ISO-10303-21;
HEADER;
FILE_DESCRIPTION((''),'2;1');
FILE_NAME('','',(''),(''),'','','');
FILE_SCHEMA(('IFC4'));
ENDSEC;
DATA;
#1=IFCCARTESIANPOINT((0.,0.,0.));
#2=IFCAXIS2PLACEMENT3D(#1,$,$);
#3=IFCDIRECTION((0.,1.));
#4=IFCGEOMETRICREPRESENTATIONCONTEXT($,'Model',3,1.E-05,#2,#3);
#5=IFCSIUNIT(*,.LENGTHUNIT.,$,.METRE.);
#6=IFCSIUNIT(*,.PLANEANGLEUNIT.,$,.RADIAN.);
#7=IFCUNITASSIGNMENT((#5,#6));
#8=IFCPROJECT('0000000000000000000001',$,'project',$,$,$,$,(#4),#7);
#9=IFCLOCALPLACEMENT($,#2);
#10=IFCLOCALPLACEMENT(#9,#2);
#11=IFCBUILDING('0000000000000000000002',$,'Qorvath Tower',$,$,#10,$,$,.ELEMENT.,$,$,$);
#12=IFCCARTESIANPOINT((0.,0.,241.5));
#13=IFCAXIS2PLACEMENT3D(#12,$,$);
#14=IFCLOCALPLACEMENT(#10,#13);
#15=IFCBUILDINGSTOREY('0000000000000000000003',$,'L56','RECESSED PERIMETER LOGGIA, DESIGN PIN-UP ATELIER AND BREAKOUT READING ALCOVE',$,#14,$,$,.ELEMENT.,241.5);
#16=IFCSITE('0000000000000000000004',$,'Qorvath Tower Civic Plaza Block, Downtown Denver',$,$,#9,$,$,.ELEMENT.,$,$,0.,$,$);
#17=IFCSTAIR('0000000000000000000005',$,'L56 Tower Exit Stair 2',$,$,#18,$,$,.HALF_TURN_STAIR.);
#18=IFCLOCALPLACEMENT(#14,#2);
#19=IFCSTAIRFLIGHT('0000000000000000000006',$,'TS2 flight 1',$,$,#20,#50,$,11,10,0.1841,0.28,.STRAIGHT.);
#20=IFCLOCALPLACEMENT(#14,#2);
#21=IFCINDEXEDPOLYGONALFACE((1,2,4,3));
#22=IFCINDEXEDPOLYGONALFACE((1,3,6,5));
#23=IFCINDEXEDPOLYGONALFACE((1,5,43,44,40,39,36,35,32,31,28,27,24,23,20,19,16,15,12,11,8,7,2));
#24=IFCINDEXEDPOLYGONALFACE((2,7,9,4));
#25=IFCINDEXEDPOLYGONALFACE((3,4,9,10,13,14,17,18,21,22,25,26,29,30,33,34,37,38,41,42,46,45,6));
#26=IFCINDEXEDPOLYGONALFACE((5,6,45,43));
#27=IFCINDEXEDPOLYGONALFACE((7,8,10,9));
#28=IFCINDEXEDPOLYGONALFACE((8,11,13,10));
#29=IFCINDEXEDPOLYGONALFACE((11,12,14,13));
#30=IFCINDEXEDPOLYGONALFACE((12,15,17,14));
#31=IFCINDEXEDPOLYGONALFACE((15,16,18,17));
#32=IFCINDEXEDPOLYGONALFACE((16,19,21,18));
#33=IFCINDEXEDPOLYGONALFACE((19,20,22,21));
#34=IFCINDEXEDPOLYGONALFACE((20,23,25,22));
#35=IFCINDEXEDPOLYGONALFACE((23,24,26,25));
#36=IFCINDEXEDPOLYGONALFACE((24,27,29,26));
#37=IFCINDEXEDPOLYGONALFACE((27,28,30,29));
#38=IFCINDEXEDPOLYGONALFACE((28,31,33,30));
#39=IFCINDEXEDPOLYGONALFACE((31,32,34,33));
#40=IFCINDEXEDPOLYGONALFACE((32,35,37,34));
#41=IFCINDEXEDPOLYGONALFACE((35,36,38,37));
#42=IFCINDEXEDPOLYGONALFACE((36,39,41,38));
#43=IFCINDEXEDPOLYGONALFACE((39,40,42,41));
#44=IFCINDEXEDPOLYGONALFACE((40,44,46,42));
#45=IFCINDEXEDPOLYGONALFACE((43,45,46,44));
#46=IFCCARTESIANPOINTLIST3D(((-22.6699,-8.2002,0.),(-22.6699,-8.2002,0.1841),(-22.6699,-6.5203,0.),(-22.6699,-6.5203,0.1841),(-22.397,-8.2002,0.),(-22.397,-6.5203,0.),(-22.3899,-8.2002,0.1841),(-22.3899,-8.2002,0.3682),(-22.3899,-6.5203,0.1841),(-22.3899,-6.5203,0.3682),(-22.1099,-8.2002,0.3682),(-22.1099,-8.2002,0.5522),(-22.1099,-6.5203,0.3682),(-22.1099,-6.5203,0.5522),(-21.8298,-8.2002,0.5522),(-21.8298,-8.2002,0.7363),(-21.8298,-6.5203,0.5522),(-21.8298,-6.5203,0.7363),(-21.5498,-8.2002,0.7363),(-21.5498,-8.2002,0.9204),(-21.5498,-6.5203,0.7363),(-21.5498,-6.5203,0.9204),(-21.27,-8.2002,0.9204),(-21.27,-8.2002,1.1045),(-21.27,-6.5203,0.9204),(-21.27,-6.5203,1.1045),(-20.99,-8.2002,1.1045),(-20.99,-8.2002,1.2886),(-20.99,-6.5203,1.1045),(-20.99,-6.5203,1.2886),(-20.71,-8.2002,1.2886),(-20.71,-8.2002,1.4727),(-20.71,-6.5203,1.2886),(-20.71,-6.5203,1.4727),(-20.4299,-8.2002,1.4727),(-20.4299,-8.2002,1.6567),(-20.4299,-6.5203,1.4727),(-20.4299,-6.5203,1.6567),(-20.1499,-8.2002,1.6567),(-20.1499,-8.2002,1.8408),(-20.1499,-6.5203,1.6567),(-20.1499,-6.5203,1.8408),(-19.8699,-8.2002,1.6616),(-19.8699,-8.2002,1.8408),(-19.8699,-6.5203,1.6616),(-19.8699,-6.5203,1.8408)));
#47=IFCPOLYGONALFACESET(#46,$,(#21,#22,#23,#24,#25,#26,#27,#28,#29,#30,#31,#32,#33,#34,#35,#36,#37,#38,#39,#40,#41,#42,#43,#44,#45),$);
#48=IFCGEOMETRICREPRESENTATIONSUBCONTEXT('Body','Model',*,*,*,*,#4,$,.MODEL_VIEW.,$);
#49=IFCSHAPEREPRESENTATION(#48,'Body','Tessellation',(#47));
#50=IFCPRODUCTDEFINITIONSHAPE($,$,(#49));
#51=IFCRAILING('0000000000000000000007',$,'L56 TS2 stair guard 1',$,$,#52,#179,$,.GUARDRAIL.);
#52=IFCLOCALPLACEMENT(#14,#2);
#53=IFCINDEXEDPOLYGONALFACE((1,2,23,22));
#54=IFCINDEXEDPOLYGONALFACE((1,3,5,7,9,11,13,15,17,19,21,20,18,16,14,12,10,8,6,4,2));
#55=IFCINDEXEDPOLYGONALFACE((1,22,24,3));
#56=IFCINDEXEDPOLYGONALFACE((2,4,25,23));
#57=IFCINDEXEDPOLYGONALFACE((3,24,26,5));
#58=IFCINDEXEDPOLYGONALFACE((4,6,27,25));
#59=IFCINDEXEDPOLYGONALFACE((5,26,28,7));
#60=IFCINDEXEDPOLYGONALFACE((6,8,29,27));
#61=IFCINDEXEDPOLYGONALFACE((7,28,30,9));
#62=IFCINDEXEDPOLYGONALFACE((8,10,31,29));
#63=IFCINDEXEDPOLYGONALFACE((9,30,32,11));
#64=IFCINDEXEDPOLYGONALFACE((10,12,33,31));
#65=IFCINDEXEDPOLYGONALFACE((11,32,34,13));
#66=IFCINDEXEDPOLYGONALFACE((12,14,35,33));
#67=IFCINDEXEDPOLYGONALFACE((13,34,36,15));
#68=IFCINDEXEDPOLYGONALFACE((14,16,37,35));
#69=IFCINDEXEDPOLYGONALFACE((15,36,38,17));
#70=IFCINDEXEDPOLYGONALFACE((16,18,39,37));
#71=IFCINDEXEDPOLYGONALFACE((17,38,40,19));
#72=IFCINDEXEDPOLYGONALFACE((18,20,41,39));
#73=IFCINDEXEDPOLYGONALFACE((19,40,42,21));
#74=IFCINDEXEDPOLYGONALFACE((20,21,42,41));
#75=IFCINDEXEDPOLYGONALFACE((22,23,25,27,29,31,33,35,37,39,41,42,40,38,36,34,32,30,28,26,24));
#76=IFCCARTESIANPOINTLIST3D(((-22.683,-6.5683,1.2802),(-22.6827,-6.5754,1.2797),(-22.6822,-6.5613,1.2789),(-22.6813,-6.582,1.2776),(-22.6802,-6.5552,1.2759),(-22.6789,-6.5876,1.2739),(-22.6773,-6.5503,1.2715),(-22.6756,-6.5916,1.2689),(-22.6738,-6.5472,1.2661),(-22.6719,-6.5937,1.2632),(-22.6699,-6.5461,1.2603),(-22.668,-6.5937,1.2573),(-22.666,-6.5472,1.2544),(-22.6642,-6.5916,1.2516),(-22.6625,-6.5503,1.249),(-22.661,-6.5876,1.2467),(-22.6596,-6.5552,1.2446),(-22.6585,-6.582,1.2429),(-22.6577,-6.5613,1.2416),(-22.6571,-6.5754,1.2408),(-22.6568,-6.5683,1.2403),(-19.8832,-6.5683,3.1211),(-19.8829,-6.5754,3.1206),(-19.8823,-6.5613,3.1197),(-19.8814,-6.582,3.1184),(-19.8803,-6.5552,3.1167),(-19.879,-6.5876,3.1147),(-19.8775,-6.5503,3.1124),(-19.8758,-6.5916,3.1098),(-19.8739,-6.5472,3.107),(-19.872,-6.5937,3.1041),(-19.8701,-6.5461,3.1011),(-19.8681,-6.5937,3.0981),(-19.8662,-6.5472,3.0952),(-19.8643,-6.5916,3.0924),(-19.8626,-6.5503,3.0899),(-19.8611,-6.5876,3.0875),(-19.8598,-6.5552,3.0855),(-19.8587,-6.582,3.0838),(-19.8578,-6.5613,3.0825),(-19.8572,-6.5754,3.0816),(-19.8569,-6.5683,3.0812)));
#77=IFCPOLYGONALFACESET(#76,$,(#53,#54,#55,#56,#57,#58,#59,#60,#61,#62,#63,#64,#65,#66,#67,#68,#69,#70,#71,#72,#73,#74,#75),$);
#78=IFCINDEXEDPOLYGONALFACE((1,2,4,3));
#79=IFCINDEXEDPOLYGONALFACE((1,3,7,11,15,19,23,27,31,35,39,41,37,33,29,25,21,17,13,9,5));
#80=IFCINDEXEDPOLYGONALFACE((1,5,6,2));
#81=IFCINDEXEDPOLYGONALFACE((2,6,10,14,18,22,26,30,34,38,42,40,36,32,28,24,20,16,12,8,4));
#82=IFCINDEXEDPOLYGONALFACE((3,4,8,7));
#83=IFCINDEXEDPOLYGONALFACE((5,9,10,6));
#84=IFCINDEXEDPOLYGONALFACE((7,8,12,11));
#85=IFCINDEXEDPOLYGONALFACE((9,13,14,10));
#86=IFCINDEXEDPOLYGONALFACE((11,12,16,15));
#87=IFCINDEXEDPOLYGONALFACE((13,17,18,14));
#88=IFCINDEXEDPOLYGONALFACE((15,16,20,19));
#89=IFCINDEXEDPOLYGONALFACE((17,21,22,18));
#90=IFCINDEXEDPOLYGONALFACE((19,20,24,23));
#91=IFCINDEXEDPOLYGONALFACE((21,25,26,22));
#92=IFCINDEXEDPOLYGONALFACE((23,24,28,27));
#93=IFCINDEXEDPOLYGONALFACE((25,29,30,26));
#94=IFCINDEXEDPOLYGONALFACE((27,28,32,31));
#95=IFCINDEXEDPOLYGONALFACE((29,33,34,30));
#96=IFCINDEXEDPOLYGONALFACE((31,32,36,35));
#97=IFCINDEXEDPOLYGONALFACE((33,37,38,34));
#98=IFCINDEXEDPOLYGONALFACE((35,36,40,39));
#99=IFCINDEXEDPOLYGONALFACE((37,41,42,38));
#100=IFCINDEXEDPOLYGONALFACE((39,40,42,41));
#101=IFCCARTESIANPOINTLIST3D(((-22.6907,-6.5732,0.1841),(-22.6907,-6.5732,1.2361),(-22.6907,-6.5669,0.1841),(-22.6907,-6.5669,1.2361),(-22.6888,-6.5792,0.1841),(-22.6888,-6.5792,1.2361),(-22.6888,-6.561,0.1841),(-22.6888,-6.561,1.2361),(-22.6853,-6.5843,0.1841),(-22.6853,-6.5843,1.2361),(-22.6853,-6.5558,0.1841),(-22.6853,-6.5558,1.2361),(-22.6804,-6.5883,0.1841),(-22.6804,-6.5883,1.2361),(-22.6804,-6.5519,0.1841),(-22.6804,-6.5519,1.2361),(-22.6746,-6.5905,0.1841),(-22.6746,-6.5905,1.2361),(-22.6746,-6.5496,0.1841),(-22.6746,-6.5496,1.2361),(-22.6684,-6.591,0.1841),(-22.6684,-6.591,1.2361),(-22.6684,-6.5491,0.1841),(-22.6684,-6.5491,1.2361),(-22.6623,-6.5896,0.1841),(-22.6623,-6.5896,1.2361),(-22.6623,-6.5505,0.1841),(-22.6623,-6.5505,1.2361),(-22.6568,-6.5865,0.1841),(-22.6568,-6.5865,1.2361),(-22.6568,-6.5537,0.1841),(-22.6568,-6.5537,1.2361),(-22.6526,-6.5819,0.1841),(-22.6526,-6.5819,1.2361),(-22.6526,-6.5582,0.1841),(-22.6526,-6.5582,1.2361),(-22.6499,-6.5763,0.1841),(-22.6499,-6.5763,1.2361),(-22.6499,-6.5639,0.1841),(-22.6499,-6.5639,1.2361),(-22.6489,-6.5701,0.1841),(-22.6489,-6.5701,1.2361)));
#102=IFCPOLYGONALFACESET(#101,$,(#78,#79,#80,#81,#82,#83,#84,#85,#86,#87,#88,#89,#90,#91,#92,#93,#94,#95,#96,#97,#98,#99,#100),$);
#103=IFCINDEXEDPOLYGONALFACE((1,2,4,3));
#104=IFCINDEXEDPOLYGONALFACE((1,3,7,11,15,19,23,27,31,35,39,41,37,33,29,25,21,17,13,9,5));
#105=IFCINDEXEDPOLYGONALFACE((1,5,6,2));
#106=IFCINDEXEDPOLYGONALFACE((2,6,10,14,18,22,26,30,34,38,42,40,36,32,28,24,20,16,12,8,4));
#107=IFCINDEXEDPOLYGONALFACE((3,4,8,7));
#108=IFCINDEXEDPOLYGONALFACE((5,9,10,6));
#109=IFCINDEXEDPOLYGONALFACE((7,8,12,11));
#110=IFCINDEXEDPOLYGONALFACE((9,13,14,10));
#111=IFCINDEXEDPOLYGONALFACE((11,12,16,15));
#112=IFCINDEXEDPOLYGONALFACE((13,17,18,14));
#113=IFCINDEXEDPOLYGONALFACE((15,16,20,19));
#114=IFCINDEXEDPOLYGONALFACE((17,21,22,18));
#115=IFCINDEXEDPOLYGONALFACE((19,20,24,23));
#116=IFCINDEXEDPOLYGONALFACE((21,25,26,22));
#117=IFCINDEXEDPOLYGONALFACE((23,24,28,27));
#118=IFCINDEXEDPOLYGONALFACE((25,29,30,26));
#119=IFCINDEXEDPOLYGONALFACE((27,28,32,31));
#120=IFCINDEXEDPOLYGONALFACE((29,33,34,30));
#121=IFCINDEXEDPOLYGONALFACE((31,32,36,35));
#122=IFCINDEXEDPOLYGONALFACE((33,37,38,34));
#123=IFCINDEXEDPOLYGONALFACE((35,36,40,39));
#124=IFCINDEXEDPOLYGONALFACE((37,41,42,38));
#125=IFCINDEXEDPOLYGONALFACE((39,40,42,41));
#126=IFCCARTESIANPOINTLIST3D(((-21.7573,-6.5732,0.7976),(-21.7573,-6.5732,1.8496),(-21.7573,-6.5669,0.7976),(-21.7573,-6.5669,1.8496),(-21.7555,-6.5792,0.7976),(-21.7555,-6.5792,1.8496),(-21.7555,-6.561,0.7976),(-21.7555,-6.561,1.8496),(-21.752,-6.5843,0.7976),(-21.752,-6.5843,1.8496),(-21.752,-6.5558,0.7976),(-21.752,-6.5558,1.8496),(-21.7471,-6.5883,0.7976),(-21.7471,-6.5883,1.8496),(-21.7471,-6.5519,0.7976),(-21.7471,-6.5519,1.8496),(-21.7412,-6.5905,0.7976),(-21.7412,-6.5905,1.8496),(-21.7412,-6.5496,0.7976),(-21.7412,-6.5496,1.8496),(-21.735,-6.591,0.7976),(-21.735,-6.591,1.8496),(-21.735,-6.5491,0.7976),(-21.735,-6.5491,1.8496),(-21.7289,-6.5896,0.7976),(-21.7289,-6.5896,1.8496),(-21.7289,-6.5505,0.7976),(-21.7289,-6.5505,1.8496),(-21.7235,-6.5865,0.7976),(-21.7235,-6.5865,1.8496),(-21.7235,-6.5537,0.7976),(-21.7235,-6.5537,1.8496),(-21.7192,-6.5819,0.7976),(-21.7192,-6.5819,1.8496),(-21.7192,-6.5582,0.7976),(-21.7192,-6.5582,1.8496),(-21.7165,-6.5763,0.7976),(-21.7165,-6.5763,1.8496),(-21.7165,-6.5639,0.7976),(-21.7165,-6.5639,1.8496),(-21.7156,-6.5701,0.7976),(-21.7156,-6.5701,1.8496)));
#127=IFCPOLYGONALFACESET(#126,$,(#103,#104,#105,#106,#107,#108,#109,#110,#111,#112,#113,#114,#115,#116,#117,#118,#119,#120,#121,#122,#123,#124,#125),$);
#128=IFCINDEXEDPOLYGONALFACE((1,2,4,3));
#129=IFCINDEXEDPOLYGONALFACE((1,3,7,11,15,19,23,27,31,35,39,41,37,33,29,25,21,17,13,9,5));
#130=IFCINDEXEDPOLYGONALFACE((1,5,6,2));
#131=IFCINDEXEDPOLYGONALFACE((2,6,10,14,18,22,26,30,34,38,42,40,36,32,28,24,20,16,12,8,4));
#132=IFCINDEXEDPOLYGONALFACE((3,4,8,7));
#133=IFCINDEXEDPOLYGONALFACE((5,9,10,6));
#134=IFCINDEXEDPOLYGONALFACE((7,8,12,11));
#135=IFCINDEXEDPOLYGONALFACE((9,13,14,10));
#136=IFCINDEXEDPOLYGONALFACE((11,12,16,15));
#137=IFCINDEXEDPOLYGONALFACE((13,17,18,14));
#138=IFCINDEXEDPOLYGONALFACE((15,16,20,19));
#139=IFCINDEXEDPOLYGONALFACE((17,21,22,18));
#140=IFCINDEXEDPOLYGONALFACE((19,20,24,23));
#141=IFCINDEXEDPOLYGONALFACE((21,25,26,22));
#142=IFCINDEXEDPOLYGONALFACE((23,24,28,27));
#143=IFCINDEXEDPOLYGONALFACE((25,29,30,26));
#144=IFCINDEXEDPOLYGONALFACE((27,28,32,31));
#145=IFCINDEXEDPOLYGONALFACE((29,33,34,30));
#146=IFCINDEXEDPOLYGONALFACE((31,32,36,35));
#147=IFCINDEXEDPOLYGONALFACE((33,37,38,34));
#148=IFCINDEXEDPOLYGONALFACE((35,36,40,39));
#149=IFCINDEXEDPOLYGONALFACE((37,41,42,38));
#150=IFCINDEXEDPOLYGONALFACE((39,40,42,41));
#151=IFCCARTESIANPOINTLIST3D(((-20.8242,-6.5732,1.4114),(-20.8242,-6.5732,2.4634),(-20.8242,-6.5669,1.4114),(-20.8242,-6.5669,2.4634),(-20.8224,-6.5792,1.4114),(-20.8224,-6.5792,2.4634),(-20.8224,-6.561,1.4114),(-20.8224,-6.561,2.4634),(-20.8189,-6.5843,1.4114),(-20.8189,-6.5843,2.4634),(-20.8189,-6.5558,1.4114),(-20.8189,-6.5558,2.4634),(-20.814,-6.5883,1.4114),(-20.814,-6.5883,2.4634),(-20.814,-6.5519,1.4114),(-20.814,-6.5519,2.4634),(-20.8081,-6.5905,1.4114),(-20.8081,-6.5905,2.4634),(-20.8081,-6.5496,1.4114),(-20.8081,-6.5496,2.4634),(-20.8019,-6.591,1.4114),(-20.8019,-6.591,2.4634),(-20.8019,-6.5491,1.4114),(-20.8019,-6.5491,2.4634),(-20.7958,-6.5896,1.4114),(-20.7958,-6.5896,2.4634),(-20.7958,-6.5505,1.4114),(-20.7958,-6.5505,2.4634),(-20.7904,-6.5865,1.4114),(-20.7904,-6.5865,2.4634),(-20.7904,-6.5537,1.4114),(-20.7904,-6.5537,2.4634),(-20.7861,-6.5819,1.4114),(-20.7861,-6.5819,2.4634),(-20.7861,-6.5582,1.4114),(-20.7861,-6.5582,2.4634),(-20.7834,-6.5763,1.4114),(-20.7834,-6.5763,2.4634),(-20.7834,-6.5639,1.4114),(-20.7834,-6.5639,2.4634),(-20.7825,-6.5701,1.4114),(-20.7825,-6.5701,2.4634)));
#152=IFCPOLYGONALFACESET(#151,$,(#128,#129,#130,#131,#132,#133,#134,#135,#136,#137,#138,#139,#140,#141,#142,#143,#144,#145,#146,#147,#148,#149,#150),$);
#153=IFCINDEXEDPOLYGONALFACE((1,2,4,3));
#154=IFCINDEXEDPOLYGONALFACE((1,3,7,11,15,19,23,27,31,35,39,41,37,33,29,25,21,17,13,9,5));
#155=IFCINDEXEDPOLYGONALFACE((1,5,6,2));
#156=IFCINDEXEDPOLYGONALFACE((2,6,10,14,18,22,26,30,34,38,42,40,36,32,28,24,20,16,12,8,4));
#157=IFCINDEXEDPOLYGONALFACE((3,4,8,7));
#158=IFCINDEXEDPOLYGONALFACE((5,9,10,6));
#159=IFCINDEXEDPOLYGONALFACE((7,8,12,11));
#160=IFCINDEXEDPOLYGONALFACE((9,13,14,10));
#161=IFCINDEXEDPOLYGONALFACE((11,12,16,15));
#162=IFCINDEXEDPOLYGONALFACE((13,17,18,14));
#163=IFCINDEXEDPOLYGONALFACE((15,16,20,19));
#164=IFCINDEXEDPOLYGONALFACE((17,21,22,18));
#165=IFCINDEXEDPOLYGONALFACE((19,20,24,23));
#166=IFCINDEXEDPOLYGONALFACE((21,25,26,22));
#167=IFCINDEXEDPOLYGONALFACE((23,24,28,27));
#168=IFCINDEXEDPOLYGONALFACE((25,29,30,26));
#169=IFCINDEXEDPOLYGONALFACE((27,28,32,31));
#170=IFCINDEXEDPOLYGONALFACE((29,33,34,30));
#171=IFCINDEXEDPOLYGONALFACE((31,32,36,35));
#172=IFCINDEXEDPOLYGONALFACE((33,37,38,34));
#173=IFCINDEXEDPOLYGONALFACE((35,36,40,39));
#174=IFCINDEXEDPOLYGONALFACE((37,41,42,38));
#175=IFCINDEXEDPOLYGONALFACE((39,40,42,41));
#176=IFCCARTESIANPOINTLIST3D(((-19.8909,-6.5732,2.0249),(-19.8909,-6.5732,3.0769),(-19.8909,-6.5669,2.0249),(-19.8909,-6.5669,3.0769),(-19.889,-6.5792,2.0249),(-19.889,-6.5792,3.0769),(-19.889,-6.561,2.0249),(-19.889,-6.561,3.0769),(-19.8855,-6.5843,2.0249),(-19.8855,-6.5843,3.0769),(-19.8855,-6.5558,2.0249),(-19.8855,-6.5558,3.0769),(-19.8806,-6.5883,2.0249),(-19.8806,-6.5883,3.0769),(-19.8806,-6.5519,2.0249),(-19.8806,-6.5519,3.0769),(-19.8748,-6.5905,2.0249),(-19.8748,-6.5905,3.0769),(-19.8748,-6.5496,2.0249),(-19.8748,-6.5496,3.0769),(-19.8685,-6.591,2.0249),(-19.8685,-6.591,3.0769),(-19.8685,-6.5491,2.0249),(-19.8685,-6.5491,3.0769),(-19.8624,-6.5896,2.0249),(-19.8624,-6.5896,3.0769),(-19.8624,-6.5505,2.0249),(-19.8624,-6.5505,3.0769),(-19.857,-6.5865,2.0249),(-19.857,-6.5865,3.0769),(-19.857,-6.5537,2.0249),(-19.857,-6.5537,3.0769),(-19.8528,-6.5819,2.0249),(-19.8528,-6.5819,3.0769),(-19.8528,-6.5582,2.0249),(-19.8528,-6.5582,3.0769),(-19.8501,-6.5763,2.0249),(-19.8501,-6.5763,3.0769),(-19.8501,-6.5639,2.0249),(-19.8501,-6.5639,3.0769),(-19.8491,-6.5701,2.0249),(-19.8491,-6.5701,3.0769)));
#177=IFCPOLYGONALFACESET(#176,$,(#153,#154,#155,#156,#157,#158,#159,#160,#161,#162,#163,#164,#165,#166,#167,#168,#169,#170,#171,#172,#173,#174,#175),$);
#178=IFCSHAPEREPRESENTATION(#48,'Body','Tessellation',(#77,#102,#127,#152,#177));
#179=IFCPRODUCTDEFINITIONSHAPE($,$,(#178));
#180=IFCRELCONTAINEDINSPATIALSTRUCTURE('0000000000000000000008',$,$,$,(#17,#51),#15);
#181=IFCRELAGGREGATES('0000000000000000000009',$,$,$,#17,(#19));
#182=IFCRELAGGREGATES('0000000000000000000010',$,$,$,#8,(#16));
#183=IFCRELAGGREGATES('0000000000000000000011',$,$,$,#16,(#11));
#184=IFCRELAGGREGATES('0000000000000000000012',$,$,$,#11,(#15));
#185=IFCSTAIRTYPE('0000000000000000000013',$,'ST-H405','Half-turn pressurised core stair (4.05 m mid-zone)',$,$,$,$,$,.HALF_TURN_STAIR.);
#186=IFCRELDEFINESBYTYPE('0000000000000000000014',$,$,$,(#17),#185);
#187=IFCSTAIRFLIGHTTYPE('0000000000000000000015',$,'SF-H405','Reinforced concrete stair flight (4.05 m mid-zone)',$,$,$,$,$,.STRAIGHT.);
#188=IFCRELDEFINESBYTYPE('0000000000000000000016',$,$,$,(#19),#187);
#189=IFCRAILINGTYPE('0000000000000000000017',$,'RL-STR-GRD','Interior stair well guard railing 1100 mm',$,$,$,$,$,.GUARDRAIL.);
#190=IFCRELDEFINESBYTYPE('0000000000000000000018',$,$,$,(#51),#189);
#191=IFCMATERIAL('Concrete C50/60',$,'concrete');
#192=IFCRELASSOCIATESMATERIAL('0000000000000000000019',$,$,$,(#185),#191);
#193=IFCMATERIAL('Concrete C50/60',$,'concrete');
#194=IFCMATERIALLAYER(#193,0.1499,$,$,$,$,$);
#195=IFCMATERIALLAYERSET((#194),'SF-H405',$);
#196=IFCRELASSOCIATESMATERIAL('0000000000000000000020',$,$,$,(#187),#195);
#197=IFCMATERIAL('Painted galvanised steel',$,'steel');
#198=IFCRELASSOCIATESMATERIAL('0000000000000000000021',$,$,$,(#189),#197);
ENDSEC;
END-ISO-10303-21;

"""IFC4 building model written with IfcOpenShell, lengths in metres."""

from ifc_helpers import new_model, si_unit, direction, frame, origin, origin_2d, place, context, subcontext, project, spatial, polyline, circle, outline, extrude, material, layer, layer_set, type_object, element, aggregate, save


model = new_model("IFC4")

# Units and contexts
model_context = context("Model", 3, precision=1e-05, world=origin(), true_north=direction((0.0, 1.0)))
body_context = subcontext(model_context, "Body", "Model", "MODEL_VIEW")
ifc_project = project(units=[si_unit("LENGTHUNIT", "METRE"), si_unit("PLANEANGLEUNIT", "RADIAN")], contexts=[model_context])

# Site, building, storey
site_placement = place(None, origin())
site = spatial("IfcSite", under=ifc_project, at=site_placement, Name="Qorvath Tower Civic Plaza Block, Downtown Denver", CompositionType="ELEMENT", RefElevation=0.0)
building_placement = place(site_placement, origin())
building = spatial("IfcBuilding", under=site, at=building_placement, Name="Qorvath Tower", CompositionType="ELEMENT")
storey_placement = place(building_placement, frame((0.0, 0.0, 241.5)))
storey = spatial("IfcBuildingStorey", under=building, at=storey_placement, Name="L56", Description="RECESSED PERIMETER LOGGIA, DESIGN PIN-UP ATELIER AND BREAKOUT READING ALCOVE", CompositionType="ELEMENT", Elevation=241.5)

# Stair, stair flight
ifc_material_1 = material(Name="Concrete C50/60", Category="concrete")
stair_type = type_object("IfcStairType", Name="ST-H405", Description="Half-turn pressurised core stair (4.05 m mid-zone)", PredefinedType="HALF_TURN_STAIR", material=ifc_material_1)
stair_placement = place(storey_placement, origin())
stair = element("IfcStair", 1, at=stair_placement, inside=storey, type_object=stair_type, Name="L56 Tower Exit Stair 2", PredefinedType="HALF_TURN_STAIR")
ifc_material_2 = material(Name="Concrete C50/60", Category="concrete")
ifc_layer_1 = layer(ifc_material_2, 0.1499)
ifc_layer_set_1 = layer_set([ifc_layer_1], Name="SF-H405")
stair_flight_type = type_object("IfcStairFlightType", Name="SF-H405", Description="Reinforced concrete stair flight (4.05 m mid-zone)", PredefinedType="STRAIGHT", material=ifc_layer_set_1)
stair_flight_placement = place(storey_placement, frame((-22.6699, -7.3601, 0.0), z_axis=(0.0, 0.0, 1.0), x_axis=(1.0, 0.0, 0.0)))
stair_flight = element("IfcStairFlight", 2, at=stair_flight_placement, type_object=stair_flight_type, Name="TS2 flight 1", NumberOfRisers=11, NumberOfTreads=10, PredefinedType="STRAIGHT", RiserHeight=0.1841, TreadLength=0.28, context=body_context, shape_type="SweptSolid", body=[
    extrude(outline(polyline([(0.0, 0.0), (0.0, 0.1841), (0.28, 0.1841), (0.28, 0.3682), (0.5601, 0.3682), (0.5601, 0.5522), (0.8401, 0.5522), (0.8401, 0.7363), (1.1201, 0.7363), (1.1201, 0.9204), (1.3999, 0.9204), (1.3999, 1.1045), (1.6799, 1.1045), (1.6799, 1.2886), (1.96, 1.2886), (1.96, 1.4727), (2.24, 1.4727), (2.24, 1.6567), (2.52, 1.6567), (2.52, 1.8408), (2.8, 1.8408), (2.8, 2.0249), (2.8, 1.6616), (0.2729, 0.0), (0.0, 0.0)])), frame((0.0, 0.8398, 0.0), z_axis=(0.0, -1.0, 0.0), x_axis=(1.0, 0.0, 0.0)), (0.0, 0.0, 1.0), 1.6799),
])
aggregate(stair, [stair_flight])

# Railing
ifc_material_3 = material(Name="Painted galvanised steel", Category="steel")
railing_type_1 = type_object("IfcRailingType", Name="RL-STR-GRD", Description="Interior stair well guard railing 1100 mm", PredefinedType="GUARDRAIL", material=ifc_material_3)
railing_1_placement = place(storey_placement, frame((-22.6699, -6.5701, 0.1841)))
element("IfcRailing", 3, at=railing_1_placement, inside=storey, type_object=railing_type_1, Name="L56 TS2 stair guard 1", PredefinedType="GUARDRAIL", context=body_context, shape_type="SweptSolid", body=[
    extrude(circle(Radius=0.0239, at=origin_2d()), frame((0.0, 0.0, 1.0762), z_axis=(0.835576, 0.0, 0.549376), x_axis=(0.0, 1.0, 0.0)), (0.0, 0.0, 1.0), 3.3508),
    extrude(circle(Radius=0.021, at=origin_2d()), origin(), (0.0, 0.0, 1.0), 1.052),
    extrude(circle(Radius=0.021, at=origin_2d()), frame((0.9333, 0.0, 0.6135)), (0.0, 0.0, 1.0), 1.052),
    extrude(circle(Radius=0.021, at=origin_2d()), frame((1.8665, 0.0, 1.2273)), (0.0, 0.0, 1.0), 1.052),
    extrude(circle(Radius=0.021, at=origin_2d()), frame((2.7998, 0.0, 1.8408)), (0.0, 0.0, 1.0), 1.052),
])

save(model, "model.ifc")
